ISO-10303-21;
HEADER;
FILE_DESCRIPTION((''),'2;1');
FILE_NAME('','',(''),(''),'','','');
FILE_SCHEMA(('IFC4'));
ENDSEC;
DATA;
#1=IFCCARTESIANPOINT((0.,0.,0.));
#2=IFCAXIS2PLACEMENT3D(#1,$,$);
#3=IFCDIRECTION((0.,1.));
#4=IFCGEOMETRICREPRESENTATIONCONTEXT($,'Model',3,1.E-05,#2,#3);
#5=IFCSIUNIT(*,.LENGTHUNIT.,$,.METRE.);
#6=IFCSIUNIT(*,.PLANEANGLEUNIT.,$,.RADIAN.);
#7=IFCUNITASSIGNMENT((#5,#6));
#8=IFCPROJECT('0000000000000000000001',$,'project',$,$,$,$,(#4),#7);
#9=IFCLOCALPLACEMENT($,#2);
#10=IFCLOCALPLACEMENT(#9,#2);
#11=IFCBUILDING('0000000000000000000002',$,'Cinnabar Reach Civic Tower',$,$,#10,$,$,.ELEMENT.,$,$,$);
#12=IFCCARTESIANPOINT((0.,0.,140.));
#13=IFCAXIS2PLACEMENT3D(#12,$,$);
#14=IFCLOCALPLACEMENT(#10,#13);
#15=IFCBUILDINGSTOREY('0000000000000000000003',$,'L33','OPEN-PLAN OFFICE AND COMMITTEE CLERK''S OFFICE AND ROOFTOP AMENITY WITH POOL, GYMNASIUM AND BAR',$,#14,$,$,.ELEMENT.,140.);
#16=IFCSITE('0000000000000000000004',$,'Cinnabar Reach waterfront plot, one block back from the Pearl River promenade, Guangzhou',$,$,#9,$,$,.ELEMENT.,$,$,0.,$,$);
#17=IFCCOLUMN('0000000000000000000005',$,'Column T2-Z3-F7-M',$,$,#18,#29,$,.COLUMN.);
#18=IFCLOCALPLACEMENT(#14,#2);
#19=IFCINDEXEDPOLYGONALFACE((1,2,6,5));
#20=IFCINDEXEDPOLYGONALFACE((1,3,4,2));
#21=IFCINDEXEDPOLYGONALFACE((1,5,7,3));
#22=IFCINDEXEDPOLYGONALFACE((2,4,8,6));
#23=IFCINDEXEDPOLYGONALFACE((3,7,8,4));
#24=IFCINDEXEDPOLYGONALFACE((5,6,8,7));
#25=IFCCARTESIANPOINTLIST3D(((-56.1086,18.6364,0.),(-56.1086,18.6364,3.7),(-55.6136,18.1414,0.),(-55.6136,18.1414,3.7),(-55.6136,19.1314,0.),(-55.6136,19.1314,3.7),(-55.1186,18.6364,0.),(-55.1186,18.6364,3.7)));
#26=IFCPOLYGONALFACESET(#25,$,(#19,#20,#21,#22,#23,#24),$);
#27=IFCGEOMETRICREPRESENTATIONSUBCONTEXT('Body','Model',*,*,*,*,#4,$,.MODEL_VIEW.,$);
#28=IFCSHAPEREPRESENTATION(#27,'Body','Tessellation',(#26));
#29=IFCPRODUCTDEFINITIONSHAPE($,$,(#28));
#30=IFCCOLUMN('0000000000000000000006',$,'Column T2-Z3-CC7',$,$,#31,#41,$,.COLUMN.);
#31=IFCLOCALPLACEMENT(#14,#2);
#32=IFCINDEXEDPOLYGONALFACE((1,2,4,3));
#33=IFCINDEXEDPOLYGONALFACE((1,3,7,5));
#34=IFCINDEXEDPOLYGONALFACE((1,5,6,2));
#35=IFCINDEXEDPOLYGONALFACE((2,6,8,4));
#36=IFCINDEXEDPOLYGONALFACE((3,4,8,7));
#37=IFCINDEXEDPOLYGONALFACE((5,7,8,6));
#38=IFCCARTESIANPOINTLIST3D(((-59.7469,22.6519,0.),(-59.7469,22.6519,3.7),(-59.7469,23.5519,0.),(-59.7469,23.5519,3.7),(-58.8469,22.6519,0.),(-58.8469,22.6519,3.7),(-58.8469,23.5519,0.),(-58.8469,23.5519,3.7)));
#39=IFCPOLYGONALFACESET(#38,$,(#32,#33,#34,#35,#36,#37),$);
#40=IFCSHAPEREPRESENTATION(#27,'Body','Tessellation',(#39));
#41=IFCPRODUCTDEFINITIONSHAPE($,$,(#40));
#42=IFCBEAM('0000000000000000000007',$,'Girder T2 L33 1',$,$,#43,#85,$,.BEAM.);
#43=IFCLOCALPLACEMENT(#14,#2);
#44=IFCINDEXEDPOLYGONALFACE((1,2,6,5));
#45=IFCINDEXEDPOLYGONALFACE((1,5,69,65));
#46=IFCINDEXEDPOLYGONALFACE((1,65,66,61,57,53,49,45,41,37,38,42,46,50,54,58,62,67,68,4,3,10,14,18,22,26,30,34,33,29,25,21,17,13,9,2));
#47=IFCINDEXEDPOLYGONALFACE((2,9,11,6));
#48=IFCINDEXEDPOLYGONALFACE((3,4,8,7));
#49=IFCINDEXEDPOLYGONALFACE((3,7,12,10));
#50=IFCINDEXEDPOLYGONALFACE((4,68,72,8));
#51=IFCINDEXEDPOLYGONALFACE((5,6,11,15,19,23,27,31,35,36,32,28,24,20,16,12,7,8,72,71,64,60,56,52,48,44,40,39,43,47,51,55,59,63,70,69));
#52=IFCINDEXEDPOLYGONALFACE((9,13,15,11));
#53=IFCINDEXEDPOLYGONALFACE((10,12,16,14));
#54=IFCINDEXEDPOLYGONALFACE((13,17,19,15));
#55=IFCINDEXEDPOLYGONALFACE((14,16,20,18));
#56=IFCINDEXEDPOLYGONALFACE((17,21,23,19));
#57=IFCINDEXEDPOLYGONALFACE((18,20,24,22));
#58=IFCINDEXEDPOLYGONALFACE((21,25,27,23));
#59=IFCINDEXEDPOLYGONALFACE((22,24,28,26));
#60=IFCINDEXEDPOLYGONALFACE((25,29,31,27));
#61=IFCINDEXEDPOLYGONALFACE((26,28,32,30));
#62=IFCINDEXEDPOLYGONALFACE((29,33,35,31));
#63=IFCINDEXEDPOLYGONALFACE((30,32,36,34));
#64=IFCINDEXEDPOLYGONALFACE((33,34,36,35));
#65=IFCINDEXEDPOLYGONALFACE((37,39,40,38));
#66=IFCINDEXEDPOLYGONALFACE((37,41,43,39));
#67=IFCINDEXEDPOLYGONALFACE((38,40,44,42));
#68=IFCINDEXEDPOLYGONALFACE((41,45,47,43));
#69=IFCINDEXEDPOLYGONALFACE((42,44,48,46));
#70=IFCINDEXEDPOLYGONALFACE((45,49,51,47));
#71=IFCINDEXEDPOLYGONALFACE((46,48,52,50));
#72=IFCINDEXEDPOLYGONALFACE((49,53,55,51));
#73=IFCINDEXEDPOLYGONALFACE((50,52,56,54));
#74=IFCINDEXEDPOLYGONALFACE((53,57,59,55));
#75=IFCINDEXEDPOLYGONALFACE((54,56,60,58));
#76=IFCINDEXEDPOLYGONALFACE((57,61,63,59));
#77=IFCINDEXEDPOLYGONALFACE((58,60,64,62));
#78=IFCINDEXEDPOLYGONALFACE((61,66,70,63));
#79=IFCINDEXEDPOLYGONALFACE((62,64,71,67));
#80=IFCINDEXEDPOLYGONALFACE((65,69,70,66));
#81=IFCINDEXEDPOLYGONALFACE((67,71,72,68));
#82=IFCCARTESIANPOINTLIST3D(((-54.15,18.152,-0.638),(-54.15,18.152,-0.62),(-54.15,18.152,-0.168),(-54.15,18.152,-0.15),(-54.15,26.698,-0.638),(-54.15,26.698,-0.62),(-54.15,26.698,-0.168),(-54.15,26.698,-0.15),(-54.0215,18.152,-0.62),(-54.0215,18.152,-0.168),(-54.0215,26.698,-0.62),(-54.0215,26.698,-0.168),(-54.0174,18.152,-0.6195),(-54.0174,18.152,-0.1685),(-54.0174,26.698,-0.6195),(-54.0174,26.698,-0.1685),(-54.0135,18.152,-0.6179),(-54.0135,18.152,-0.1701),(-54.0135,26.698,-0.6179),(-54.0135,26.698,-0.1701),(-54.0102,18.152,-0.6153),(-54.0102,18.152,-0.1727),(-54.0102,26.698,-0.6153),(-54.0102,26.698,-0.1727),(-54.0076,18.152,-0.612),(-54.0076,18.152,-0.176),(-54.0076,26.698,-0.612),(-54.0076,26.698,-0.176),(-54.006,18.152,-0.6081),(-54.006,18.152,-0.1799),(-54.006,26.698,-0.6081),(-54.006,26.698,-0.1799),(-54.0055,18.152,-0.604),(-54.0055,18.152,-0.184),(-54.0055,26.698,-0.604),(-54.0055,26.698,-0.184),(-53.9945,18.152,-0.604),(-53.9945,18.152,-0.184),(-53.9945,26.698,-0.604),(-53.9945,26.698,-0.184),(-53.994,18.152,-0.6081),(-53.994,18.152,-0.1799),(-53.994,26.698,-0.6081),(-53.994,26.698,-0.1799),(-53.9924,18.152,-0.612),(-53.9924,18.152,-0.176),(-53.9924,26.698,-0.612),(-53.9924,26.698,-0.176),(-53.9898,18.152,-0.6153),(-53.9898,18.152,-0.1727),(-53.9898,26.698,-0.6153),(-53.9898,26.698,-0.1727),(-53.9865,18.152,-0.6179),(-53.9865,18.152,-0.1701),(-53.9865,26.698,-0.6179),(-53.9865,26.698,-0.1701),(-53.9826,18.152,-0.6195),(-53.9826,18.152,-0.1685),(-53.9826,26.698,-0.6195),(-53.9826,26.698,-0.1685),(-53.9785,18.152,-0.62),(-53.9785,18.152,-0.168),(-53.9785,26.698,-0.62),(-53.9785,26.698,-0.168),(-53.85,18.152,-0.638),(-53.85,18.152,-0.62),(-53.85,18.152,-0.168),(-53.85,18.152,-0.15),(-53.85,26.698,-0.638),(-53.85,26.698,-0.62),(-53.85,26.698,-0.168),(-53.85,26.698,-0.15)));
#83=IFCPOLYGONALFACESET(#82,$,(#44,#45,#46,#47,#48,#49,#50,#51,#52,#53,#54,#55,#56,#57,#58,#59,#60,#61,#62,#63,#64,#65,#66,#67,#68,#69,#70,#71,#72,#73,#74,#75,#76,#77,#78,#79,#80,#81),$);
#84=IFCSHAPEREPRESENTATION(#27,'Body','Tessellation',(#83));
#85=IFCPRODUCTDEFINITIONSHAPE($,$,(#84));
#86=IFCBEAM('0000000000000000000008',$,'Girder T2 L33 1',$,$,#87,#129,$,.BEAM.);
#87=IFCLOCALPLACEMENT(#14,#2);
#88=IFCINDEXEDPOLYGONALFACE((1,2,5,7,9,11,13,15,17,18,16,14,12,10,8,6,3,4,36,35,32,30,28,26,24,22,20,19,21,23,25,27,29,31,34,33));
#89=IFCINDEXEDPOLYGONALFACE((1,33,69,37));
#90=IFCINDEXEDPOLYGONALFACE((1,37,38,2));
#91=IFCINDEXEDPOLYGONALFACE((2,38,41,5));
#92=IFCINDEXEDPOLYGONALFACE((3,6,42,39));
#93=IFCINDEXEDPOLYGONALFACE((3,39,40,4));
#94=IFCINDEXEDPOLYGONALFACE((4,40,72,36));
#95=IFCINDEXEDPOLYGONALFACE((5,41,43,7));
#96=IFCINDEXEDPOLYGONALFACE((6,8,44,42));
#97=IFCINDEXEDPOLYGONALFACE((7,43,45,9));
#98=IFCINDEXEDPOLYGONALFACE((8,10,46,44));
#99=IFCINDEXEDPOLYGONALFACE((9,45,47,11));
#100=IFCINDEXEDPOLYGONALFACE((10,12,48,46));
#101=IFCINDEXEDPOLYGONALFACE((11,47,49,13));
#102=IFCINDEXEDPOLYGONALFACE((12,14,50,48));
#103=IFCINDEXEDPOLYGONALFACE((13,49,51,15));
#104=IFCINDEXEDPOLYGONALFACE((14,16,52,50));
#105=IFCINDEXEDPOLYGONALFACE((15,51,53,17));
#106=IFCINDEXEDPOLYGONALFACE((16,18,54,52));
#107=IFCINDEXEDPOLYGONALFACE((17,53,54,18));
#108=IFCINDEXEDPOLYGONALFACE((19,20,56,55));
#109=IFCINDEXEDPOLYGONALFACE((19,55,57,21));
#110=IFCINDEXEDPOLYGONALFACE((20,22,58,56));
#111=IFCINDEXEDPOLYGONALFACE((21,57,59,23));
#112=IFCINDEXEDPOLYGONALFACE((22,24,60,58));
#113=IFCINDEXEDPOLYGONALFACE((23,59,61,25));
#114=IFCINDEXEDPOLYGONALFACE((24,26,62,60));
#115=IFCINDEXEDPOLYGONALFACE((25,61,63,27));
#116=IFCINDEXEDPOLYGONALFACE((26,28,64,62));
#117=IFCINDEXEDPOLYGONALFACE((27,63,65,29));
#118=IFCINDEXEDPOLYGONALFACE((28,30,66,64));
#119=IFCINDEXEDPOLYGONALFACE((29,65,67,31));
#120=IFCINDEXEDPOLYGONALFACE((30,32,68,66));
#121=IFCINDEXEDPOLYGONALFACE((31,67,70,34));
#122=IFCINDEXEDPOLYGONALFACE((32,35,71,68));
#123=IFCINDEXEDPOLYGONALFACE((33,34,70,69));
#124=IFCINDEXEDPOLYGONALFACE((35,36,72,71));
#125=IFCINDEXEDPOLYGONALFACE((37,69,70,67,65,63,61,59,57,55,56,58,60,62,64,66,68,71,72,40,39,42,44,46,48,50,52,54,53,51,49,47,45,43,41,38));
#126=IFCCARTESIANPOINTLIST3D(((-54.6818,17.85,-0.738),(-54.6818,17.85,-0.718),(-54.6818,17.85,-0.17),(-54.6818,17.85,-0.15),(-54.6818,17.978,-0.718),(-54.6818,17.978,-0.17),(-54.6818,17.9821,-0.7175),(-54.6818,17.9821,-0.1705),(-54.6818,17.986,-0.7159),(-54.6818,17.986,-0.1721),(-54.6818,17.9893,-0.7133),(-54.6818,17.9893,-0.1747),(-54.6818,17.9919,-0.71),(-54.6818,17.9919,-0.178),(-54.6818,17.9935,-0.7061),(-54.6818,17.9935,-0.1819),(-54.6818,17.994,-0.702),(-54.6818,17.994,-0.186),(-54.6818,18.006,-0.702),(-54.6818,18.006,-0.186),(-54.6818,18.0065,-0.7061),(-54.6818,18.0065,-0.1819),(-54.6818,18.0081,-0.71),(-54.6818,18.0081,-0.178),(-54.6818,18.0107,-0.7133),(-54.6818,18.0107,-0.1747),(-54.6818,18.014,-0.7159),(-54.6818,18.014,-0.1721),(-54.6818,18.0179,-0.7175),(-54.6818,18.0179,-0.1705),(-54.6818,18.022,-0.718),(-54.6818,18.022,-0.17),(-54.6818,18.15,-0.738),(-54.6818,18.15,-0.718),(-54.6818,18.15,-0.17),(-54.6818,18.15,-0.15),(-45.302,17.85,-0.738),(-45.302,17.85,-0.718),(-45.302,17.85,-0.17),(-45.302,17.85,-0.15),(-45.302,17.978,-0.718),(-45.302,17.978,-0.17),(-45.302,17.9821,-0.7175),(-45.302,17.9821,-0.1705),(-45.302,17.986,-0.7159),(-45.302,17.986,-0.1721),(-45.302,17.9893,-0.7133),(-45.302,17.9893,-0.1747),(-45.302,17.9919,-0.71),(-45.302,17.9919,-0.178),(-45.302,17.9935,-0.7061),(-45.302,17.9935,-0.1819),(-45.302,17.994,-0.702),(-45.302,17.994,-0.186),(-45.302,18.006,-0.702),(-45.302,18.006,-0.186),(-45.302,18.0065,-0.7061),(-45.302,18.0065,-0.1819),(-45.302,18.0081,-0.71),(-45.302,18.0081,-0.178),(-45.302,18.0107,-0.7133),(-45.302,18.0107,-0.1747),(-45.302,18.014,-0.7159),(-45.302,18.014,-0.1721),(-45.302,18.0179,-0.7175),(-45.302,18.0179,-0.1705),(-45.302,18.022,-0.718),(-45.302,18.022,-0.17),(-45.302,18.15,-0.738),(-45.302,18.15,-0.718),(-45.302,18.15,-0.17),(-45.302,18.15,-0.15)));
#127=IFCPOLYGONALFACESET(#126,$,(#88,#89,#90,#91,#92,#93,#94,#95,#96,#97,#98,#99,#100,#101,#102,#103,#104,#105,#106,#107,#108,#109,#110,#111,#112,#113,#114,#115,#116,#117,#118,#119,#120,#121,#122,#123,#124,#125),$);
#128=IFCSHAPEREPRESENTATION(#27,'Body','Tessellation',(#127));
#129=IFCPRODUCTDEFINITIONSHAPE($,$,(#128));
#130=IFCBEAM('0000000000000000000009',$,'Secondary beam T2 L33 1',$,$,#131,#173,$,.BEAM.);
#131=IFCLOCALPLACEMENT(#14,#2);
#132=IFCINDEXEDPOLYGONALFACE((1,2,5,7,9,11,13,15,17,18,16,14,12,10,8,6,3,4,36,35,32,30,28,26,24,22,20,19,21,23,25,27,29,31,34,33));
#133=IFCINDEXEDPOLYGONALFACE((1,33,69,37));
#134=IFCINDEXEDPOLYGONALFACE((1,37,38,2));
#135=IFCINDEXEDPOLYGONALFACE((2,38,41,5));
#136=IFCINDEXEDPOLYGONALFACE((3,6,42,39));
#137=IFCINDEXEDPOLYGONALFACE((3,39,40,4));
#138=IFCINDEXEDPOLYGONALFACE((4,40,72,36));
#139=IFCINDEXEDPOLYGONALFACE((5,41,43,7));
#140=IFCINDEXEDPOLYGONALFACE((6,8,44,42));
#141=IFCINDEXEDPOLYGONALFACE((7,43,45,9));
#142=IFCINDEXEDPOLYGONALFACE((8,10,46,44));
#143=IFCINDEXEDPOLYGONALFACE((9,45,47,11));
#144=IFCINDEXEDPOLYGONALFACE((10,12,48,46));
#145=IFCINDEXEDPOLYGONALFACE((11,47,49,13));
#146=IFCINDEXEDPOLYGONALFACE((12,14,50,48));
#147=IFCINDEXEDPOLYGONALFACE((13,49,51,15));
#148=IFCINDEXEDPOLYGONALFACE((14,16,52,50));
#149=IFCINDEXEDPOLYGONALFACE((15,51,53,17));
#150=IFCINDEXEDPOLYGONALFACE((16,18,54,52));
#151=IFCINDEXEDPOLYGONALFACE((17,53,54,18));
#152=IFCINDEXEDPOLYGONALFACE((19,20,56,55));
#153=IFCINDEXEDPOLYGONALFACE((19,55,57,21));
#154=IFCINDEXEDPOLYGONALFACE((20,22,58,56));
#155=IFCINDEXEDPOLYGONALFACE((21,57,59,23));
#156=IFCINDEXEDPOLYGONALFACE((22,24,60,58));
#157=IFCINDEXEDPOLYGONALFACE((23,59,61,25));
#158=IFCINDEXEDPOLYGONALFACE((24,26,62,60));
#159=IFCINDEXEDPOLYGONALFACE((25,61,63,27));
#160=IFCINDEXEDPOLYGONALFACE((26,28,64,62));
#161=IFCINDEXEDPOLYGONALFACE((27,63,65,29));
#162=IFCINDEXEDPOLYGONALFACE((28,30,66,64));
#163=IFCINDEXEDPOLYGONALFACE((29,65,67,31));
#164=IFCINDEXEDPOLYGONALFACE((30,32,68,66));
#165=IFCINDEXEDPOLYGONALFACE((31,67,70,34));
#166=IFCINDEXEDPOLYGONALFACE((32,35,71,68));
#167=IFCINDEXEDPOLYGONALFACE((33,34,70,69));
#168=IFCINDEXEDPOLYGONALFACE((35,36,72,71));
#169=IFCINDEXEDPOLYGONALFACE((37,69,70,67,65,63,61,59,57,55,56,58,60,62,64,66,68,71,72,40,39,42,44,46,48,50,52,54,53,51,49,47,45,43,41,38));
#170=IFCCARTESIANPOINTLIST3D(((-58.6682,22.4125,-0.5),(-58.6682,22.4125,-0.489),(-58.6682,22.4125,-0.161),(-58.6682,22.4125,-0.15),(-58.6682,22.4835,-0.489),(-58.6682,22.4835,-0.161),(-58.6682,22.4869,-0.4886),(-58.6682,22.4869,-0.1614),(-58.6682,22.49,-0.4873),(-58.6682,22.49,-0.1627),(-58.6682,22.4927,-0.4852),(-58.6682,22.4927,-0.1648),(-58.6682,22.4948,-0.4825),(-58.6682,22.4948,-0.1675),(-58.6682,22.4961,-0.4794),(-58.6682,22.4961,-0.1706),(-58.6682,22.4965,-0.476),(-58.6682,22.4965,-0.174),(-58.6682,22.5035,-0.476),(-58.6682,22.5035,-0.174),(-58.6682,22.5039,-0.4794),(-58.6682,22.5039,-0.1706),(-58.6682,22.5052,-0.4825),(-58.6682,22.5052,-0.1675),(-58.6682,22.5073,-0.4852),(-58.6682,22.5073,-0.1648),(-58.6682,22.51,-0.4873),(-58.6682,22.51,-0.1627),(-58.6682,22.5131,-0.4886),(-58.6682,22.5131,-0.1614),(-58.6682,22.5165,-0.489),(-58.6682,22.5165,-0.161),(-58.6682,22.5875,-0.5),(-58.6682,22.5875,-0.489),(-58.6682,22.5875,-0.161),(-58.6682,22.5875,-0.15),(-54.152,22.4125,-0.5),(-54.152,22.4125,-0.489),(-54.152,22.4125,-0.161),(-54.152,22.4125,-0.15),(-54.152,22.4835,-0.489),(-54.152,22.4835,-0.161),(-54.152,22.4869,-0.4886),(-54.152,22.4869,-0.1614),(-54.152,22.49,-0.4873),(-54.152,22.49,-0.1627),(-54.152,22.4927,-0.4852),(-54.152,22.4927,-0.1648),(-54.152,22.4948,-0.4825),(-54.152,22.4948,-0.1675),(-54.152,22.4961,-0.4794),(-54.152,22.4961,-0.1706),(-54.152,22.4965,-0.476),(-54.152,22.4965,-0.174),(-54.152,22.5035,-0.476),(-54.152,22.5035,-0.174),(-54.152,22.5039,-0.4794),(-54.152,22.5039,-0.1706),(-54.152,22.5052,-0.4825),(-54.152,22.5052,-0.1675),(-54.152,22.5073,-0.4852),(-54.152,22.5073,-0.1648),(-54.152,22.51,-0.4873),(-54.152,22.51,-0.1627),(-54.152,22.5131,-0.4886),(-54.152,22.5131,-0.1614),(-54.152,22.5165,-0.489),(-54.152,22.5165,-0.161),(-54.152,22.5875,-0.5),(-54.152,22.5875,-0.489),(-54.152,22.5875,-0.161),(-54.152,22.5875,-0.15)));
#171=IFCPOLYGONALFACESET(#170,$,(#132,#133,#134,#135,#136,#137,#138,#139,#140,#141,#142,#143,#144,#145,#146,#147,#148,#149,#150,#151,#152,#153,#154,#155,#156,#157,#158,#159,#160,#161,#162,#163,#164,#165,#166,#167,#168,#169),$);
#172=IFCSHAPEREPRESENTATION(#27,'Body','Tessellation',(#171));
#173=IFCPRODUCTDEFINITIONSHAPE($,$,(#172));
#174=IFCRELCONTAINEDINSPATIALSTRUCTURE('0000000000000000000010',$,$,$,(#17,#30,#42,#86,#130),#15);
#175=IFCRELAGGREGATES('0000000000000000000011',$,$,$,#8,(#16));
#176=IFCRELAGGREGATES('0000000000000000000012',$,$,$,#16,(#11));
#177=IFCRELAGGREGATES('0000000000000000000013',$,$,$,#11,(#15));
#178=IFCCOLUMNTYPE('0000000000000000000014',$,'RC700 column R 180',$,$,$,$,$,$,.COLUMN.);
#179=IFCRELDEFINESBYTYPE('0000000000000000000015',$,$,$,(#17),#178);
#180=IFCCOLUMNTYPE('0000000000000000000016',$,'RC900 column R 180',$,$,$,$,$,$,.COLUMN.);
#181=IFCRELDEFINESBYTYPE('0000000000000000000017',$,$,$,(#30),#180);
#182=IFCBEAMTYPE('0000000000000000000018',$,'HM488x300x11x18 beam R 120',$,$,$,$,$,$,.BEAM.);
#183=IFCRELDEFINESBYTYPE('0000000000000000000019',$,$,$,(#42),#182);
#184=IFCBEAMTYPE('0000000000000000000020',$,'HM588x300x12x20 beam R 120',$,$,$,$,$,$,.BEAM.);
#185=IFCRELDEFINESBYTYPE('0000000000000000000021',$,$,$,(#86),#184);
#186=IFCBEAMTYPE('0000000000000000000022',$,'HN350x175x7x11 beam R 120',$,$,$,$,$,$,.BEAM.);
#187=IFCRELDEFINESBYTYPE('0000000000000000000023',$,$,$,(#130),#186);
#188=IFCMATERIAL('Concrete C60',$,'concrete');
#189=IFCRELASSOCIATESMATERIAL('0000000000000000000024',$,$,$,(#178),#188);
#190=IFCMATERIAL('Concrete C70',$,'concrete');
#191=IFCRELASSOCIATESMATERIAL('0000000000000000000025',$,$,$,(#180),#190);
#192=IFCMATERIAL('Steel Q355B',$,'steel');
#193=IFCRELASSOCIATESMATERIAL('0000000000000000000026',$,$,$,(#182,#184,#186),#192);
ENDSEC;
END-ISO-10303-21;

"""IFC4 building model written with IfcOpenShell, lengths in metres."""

from ifc_helpers import new_model, si_unit, direction, frame, origin, origin_2d, place, context, subcontext, project, spatial, rectangle, i_section, extrude, material, material_profile, profile_set, type_object, element, save


model = new_model("IFC4")

# Units and contexts
model_context = context("Model", 3, precision=1e-05, world=origin(), true_north=direction((0.0, 1.0)))
body_context = subcontext(model_context, "Body", "Model", "MODEL_VIEW")
ifc_project = project(units=[si_unit("LENGTHUNIT", "METRE"), si_unit("PLANEANGLEUNIT", "RADIAN")], contexts=[model_context])

# Site, building, storey
site_placement = place(None, origin())
site = spatial("IfcSite", under=ifc_project, at=site_placement, Name="Cinnabar Reach waterfront plot, one block back from the Pearl River promenade, Guangzhou", CompositionType="ELEMENT", RefElevation=0.0)
building_placement = place(site_placement, origin())
building = spatial("IfcBuilding", under=site, at=building_placement, Name="Cinnabar Reach Civic Tower", CompositionType="ELEMENT")
storey_placement = place(building_placement, frame((0.0, 0.0, 140.0)))
storey = spatial("IfcBuildingStorey", under=building, at=storey_placement, Name="L33", Description="OPEN-PLAN OFFICE AND COMMITTEE CLERK'S OFFICE AND ROOFTOP AMENITY WITH POOL, GYMNASIUM AND BAR", CompositionType="ELEMENT", Elevation=140.0)

# Columns
ifc_material_1 = material(Name="Concrete C60", Category="concrete")
ifc_material_profile_1 = material_profile(ifc_material_1, rectangle(XDim=0.7, YDim=0.7, at=origin_2d()), Name="RC700")
ifc_profile_set_1 = profile_set([ifc_material_profile_1], Name="Concrete C60")
column_type_1 = type_object("IfcColumnType", Name="RC700 column R 180", PredefinedType="COLUMN", material=ifc_profile_set_1)
column_1_placement = place(storey_placement, frame((-55.6136, 18.6364, 0.0), z_axis=(0.0, 0.0, 1.0), x_axis=(0.707107, 0.707107, 0.0)))
element("IfcColumn", 1, at=column_1_placement, inside=storey, type_object=column_type_1, Name="Column T2-Z3-F7-M", PredefinedType="COLUMN", context=body_context, shape_type="SweptSolid", body=[
    extrude(rectangle(XDim=0.7, YDim=0.7, at=origin_2d()), origin(), (0.0, 0.0, 1.0), 3.7),
])
ifc_material_2 = material(Name="Concrete C70", Category="concrete")
ifc_material_profile_2 = material_profile(ifc_material_2, rectangle(XDim=0.9, YDim=0.9, at=origin_2d()), Name="RC900")
ifc_profile_set_2 = profile_set([ifc_material_profile_2], Name="Concrete C70")
column_type_2 = type_object("IfcColumnType", Name="RC900 column R 180", PredefinedType="COLUMN", material=ifc_profile_set_2)
column_2_placement = place(storey_placement, frame((-59.2969, 23.1019, 0.0), z_axis=(0.0, 0.0, 1.0), x_axis=(1.0, 0.0, 0.0)))
element("IfcColumn", 2, at=column_2_placement, inside=storey, type_object=column_type_2, Name="Column T2-Z3-CC7", PredefinedType="COLUMN", context=body_context, shape_type="SweptSolid", body=[
    extrude(rectangle(XDim=0.9, YDim=0.9, at=origin_2d()), origin(), (0.0, 0.0, 1.0), 3.7),
])

# Beams
ifc_material_3 = material(Name="Steel Q355B", Category="steel")
ifc_material_profile_3 = material_profile(ifc_material_3, i_section(OverallWidth=0.3, OverallDepth=0.488, WebThickness=0.011, FlangeThickness=0.018, FilletRadius=0.016, at=origin_2d()), Name="HM488x300x11x18")
ifc_profile_set_3 = profile_set([ifc_material_profile_3], Name="Steel Q355B")
beam_type_1 = type_object("IfcBeamType", Name="HM488x300x11x18 beam R 120", PredefinedType="BEAM", material=ifc_profile_set_3)
beam_1_placement = place(storey_placement, frame((-54.0, 18.152, -0.394), z_axis=(0.0, 1.0, 0.0), x_axis=(-1.0, 0.0, 0.0)))
element("IfcBeam", 3, at=beam_1_placement, inside=storey, type_object=beam_type_1, Name="Girder T2 L33 1", PredefinedType="BEAM", context=body_context, shape_type="SweptSolid", body=[
    extrude(i_section(OverallWidth=0.3, OverallDepth=0.488, WebThickness=0.011, FlangeThickness=0.018, FilletRadius=0.016, at=origin_2d()), origin(), (0.0, 0.0, 1.0), 8.546),
])
ifc_material_profile_4 = material_profile(ifc_material_3, i_section(OverallWidth=0.3, OverallDepth=0.588, WebThickness=0.012, FlangeThickness=0.02, FilletRadius=0.016, at=origin_2d()), Name="HM588x300x12x20")
ifc_profile_set_4 = profile_set([ifc_material_profile_4], Name="Steel Q355B")
beam_type_2 = type_object("IfcBeamType", Name="HM588x300x12x20 beam R 120", PredefinedType="BEAM", material=ifc_profile_set_4)
beam_2_placement = place(storey_placement, frame((-54.6818, 18.0, -0.444), z_axis=(1.0, 0.0, 0.0), x_axis=(0.0, 1.0, 0.0)))
element("IfcBeam", 4, at=beam_2_placement, inside=storey, type_object=beam_type_2, Name="Girder T2 L33 1", PredefinedType="BEAM", context=body_context, shape_type="SweptSolid", body=[
    extrude(i_section(OverallWidth=0.3, OverallDepth=0.588, WebThickness=0.012, FlangeThickness=0.02, FilletRadius=0.016, at=origin_2d()), origin(), (0.0, 0.0, 1.0), 9.3798),
])
ifc_material_profile_5 = material_profile(ifc_material_3, i_section(OverallWidth=0.175, OverallDepth=0.35, WebThickness=0.007, FlangeThickness=0.011, FilletRadius=0.013, at=origin_2d()), Name="HN350x175x7x11")
ifc_profile_set_5 = profile_set([ifc_material_profile_5], Name="Steel Q355B")
beam_type_3 = type_object("IfcBeamType", Name="HN350x175x7x11 beam R 120", PredefinedType="BEAM", material=ifc_profile_set_5)
beam_3_placement = place(storey_placement, frame((-58.6682, 22.5, -0.325), z_axis=(1.0, 0.0, 0.0), x_axis=(0.0, 1.0, 0.0)))
element("IfcBeam", 5, at=beam_3_placement, inside=storey, type_object=beam_type_3, Name="Secondary beam T2 L33 1", PredefinedType="BEAM", context=body_context, shape_type="SweptSolid", body=[
    extrude(i_section(OverallWidth=0.175, OverallDepth=0.35, WebThickness=0.007, FlangeThickness=0.011, FilletRadius=0.013, at=origin_2d()), origin(), (0.0, 0.0, 1.0), 4.5162),
])

save(model, "model.ifc")
